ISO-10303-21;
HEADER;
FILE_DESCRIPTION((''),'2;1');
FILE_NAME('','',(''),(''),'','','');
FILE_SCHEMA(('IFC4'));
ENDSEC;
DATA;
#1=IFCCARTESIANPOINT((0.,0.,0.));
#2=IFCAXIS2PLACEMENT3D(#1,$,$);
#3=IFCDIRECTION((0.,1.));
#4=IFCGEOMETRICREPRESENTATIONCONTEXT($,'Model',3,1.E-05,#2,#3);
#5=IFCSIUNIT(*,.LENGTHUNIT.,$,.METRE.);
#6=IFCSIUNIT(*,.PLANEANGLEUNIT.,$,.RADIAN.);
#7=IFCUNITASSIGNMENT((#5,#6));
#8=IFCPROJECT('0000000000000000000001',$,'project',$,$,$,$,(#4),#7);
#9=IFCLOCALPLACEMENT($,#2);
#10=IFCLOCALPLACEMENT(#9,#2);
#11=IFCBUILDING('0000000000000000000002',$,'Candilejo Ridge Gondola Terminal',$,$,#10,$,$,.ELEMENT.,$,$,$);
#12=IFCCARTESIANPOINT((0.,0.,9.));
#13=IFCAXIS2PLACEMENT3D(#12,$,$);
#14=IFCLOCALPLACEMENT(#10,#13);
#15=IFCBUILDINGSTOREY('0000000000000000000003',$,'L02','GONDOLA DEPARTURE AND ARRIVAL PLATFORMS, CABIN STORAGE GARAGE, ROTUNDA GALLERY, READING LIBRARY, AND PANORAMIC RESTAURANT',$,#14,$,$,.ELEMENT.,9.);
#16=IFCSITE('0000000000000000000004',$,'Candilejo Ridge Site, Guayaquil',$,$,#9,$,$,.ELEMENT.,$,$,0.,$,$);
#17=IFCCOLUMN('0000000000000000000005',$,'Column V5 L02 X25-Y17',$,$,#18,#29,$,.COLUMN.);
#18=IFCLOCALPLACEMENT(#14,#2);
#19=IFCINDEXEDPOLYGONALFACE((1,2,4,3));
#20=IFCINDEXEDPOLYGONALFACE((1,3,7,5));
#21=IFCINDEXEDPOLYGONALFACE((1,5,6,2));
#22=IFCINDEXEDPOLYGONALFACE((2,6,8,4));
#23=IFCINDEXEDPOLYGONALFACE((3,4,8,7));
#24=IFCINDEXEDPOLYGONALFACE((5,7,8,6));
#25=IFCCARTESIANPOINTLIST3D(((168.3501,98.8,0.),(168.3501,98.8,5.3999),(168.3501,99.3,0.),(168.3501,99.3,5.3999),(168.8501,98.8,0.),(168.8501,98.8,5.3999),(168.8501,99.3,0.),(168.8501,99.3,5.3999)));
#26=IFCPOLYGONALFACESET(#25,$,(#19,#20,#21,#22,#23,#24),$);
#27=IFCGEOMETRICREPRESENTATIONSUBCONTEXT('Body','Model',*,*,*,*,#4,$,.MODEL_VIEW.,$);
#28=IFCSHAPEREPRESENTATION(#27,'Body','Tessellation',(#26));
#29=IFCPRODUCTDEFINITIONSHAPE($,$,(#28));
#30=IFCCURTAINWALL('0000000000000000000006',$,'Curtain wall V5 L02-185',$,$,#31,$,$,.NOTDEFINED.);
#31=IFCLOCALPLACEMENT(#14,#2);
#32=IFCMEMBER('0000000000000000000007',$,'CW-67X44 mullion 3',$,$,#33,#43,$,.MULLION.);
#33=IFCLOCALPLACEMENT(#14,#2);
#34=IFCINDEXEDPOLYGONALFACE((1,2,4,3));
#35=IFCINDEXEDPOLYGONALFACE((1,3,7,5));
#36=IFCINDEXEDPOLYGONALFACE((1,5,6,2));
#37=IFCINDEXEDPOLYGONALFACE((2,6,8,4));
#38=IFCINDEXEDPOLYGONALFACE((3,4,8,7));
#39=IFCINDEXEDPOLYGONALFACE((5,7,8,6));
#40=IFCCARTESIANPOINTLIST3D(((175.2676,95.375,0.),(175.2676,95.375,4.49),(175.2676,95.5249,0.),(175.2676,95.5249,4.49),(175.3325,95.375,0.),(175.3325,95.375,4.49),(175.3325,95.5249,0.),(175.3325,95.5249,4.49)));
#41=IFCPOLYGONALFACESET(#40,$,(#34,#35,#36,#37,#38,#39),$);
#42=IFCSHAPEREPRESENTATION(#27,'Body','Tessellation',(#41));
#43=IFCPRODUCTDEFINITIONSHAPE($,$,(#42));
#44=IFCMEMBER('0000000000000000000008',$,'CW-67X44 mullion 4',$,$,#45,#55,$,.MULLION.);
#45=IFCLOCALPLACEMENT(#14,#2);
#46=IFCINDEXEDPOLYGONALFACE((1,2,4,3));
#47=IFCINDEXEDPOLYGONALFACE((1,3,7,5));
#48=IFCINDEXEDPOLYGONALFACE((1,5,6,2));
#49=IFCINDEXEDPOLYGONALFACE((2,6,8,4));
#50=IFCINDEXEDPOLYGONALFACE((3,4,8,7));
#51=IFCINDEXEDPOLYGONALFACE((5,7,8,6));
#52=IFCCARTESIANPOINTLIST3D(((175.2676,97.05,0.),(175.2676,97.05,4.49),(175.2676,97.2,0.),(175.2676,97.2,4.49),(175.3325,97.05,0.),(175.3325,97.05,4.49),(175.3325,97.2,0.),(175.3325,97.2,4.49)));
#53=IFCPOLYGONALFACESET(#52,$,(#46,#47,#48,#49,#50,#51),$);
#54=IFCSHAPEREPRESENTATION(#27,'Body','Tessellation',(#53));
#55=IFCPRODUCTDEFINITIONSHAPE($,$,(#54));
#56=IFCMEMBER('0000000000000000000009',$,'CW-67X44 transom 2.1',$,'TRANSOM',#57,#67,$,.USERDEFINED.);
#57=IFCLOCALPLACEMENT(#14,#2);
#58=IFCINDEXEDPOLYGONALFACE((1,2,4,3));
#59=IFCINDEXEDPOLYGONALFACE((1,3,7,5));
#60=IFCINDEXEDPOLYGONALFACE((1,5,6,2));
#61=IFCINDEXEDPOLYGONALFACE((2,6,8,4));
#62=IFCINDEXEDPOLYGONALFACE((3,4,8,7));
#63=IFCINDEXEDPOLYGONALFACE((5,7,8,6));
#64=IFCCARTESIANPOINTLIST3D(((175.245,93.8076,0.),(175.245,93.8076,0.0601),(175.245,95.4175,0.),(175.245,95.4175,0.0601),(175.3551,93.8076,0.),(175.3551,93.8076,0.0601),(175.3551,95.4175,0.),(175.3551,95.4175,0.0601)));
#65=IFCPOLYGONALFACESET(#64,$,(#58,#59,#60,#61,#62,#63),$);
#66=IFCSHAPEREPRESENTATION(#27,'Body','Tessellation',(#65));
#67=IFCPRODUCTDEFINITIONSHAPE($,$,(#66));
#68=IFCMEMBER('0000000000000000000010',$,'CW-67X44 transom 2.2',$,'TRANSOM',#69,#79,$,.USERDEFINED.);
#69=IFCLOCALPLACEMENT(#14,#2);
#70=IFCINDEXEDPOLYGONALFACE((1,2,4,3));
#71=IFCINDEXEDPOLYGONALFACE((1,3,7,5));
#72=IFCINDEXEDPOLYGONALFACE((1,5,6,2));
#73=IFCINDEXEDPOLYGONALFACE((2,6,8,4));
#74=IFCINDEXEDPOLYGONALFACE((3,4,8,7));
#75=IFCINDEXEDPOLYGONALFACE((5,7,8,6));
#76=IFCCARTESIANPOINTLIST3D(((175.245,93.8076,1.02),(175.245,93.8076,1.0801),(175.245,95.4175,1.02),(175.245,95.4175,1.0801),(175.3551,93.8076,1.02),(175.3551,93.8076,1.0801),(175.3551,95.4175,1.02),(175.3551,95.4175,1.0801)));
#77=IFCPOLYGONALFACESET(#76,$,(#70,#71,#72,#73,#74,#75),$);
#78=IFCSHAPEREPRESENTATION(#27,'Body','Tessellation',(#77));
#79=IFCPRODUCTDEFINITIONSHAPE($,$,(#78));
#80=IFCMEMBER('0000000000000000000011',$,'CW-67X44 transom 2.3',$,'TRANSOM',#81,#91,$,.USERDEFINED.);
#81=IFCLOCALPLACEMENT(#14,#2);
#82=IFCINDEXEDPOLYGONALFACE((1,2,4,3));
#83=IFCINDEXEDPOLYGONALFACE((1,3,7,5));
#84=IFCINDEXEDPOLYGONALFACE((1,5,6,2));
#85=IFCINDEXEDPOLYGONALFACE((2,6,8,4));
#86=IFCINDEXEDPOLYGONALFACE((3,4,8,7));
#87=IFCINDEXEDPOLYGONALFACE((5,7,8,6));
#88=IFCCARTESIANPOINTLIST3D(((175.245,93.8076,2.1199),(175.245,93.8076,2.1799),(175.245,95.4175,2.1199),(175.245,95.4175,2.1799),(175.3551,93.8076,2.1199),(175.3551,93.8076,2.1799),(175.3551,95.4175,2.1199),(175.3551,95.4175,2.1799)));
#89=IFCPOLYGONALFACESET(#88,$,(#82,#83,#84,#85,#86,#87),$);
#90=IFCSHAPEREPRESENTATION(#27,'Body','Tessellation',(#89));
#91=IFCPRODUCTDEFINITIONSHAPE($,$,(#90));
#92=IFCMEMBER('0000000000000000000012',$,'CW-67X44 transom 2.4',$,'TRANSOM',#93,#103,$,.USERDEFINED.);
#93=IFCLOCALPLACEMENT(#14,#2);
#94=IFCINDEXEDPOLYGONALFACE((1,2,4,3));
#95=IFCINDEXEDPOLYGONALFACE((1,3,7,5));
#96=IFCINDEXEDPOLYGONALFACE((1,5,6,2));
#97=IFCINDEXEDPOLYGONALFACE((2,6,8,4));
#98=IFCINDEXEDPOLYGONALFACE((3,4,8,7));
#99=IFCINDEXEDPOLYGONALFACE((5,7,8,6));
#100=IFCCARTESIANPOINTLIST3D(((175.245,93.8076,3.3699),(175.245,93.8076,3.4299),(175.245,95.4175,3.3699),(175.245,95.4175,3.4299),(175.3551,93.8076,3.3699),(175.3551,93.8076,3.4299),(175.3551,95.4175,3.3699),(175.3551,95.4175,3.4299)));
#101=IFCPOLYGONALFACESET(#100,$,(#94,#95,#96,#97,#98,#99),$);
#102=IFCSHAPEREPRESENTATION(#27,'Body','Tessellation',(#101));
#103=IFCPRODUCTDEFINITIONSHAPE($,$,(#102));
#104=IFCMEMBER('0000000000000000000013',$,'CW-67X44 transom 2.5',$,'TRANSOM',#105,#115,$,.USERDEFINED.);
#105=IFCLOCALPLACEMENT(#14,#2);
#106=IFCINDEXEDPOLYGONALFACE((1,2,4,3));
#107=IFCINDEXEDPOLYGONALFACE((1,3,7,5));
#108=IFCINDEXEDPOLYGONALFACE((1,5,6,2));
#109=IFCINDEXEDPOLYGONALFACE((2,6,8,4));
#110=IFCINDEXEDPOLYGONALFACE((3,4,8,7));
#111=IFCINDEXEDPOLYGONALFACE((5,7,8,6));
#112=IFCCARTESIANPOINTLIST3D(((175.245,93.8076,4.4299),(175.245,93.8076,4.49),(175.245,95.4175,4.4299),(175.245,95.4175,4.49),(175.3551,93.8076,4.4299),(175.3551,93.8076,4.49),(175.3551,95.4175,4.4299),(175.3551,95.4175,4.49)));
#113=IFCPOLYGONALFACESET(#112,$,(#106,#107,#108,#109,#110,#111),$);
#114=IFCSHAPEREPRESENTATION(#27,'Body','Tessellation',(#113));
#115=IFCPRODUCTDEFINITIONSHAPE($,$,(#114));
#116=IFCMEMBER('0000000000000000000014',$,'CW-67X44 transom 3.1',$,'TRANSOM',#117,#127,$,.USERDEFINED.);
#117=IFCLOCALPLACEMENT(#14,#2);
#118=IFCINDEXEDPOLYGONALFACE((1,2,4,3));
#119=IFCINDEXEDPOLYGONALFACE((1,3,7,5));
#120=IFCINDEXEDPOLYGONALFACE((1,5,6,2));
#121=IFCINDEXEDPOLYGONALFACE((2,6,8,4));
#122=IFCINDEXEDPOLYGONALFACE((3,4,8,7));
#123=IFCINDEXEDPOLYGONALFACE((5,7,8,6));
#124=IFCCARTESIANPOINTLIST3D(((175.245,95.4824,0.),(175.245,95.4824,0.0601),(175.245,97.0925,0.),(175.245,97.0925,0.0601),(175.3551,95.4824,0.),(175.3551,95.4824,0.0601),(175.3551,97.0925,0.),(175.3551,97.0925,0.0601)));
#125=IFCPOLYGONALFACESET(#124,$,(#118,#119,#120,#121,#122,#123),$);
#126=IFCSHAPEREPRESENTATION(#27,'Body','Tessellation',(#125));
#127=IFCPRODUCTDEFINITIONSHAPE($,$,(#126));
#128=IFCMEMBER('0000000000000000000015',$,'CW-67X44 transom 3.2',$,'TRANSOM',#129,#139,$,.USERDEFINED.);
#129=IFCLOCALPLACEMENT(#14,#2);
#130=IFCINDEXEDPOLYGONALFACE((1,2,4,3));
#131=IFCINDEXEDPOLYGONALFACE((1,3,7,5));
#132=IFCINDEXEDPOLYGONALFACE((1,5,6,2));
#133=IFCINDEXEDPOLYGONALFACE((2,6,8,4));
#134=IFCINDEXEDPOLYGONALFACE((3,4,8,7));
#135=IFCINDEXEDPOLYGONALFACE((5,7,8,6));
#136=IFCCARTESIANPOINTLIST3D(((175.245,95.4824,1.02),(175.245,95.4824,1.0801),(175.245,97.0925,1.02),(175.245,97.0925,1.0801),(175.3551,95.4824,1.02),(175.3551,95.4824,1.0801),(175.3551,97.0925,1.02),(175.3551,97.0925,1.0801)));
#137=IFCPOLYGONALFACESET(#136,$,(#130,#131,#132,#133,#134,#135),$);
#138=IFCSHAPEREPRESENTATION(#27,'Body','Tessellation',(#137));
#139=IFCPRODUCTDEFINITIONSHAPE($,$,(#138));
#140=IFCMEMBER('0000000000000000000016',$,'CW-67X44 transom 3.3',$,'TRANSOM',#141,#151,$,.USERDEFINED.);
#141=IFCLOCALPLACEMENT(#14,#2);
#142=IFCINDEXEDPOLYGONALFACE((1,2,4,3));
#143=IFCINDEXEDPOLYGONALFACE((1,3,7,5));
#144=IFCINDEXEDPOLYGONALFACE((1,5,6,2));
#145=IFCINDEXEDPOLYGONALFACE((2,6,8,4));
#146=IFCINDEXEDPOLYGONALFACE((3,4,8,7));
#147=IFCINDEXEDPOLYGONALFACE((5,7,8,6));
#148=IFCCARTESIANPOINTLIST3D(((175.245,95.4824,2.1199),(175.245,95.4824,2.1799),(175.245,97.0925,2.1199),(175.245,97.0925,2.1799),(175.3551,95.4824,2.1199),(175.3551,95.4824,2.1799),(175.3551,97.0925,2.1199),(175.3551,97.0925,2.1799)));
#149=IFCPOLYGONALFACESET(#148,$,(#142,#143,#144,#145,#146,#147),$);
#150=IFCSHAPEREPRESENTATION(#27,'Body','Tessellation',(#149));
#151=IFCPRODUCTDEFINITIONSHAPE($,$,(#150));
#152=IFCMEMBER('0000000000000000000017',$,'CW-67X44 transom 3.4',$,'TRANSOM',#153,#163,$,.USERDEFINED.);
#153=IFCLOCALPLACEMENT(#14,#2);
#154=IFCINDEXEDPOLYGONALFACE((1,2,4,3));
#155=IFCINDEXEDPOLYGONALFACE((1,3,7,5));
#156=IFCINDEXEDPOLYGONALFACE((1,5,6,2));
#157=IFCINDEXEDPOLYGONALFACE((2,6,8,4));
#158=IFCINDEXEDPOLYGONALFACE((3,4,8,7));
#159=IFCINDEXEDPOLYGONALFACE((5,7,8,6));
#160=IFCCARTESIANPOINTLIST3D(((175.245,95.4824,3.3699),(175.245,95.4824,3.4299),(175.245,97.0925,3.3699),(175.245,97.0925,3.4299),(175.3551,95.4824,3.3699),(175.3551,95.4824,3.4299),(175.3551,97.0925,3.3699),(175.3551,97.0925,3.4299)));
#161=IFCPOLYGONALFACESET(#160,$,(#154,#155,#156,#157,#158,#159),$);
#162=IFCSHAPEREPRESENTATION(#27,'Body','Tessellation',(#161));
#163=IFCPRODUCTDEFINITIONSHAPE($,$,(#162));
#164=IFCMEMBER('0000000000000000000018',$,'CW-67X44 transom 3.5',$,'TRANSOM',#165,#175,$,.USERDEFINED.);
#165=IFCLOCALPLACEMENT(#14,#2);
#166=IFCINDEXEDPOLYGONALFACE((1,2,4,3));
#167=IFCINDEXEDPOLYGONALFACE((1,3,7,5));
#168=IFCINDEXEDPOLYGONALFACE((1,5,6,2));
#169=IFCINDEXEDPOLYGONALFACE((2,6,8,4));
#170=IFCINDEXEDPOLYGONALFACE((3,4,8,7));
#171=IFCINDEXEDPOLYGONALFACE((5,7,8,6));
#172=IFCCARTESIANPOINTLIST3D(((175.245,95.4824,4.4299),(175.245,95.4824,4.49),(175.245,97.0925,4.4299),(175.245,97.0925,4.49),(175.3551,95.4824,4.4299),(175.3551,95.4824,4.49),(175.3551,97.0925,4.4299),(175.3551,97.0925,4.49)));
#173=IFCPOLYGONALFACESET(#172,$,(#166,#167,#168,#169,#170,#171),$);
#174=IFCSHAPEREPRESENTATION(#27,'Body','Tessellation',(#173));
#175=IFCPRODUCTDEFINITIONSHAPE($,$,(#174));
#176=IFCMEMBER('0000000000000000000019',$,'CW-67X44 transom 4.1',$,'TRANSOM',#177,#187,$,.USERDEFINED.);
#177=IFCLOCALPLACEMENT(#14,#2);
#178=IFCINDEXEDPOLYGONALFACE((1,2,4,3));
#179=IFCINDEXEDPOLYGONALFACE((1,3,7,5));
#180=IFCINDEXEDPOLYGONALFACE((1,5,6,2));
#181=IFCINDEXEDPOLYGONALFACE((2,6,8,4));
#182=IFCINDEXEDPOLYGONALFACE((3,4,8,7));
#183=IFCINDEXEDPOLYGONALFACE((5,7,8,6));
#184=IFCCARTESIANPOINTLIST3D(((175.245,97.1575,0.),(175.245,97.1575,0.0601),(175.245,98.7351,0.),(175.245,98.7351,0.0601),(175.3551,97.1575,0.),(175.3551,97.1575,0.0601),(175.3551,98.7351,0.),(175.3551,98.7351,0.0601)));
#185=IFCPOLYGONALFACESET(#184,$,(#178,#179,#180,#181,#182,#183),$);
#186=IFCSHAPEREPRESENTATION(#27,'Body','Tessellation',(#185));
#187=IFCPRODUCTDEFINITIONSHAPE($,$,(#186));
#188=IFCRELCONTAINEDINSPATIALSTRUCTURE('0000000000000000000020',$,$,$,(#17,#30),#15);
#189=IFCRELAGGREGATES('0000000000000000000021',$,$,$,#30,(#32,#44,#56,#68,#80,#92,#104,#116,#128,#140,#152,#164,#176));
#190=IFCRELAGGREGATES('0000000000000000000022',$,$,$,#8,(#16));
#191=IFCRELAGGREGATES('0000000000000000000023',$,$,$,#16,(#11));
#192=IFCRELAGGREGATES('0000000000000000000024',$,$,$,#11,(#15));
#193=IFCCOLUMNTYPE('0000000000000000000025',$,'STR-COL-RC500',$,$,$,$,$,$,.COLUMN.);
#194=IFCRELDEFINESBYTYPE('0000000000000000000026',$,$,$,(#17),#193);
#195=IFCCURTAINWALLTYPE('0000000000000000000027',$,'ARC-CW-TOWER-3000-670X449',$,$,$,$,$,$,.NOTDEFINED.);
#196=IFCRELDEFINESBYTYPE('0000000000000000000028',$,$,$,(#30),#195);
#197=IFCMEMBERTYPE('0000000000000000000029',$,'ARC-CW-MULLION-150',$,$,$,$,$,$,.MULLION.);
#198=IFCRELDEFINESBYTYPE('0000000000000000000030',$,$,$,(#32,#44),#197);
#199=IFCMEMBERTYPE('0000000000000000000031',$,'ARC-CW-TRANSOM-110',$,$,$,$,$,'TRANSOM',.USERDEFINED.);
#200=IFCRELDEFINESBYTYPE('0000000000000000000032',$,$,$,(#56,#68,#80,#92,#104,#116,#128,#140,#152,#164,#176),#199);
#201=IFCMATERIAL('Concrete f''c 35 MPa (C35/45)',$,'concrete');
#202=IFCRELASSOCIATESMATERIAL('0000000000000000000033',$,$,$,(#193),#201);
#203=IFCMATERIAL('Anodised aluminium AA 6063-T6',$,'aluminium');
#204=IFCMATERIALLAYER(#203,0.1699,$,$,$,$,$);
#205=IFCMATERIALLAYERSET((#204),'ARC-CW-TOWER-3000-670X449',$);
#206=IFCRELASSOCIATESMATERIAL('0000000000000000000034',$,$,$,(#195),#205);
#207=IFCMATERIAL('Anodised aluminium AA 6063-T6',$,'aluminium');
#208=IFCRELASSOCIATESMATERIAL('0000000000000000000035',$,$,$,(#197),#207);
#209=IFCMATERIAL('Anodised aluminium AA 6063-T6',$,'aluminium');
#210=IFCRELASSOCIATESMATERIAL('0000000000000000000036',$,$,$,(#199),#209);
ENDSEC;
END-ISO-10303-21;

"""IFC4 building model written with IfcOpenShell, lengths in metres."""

from ifc_helpers import new_model, si_unit, direction, frame, origin, origin_2d, place, context, subcontext, project, spatial, rectangle, extrude, material, layer, layer_set, material_profile, profile_set, type_object, element, aggregate, save


model = new_model("IFC4")

# Units and contexts
model_context = context("Model", 3, precision=1e-05, world=origin(), true_north=direction((0.0, 1.0)))
body_context = subcontext(model_context, "Body", "Model", "MODEL_VIEW")
ifc_project = project(units=[si_unit("LENGTHUNIT", "METRE"), si_unit("PLANEANGLEUNIT", "RADIAN")], contexts=[model_context])

# Site, building, storey
site_placement = place(None, origin())
site = spatial("IfcSite", under=ifc_project, at=site_placement, Name="Candilejo Ridge Site, Guayaquil", CompositionType="ELEMENT", RefElevation=0.0)
building_placement = place(site_placement, origin())
building = spatial("IfcBuilding", under=site, at=building_placement, Name="Candilejo Ridge Gondola Terminal", CompositionType="ELEMENT")
storey_placement = place(building_placement, frame((0.0, 0.0, 9.0)))
storey = spatial("IfcBuildingStorey", under=building, at=storey_placement, Name="L02", Description="GONDOLA DEPARTURE AND ARRIVAL PLATFORMS, CABIN STORAGE GARAGE, ROTUNDA GALLERY, READING LIBRARY, AND PANORAMIC RESTAURANT", CompositionType="ELEMENT", Elevation=9.0)

# Column
ifc_material_1 = material(Name="Concrete f'c 35 MPa (C35/45)", Category="concrete")
ifc_material_profile_1 = material_profile(ifc_material_1, rectangle(XDim=0.5, YDim=0.5, at=origin_2d()))
ifc_profile_set_1 = profile_set([ifc_material_profile_1], Name="Concrete f'c 35 MPa (C35/45)")
column_type = type_object("IfcColumnType", Name="STR-COL-RC500", PredefinedType="COLUMN", material=ifc_profile_set_1)
column_placement = place(storey_placement, frame((168.6001, 99.05, 0.0), z_axis=(0.0, 0.0, 1.0), x_axis=(1.0, 0.0, 0.0)))
element("IfcColumn", 1, at=column_placement, inside=storey, type_object=column_type, Name="Column V5 L02 X25-Y17", PredefinedType="COLUMN", context=body_context, shape_type="SweptSolid", body=[
    extrude(rectangle(XDim=0.5, YDim=0.5, at=origin_2d()), origin(), (0.0, 0.0, 1.0), 5.3999),
])

# Curtain wall, members
ifc_material_2 = material(Name="Anodised aluminium AA 6063-T6", Category="aluminium")
ifc_layer_1 = layer(ifc_material_2, 0.1699)
ifc_layer_set_1 = layer_set([ifc_layer_1], Name="ARC-CW-TOWER-3000-670X449")
curtain_wall_type = type_object("IfcCurtainWallType", Name="ARC-CW-TOWER-3000-670X449", PredefinedType="NOTDEFINED", material=ifc_layer_set_1)
curtain_wall_placement = place(storey_placement, origin())
curtain_wall = element("IfcCurtainWall", 2, at=curtain_wall_placement, inside=storey, type_object=curtain_wall_type, Name="Curtain wall V5 L02-185", PredefinedType="NOTDEFINED")
ifc_material_3 = material(Name="Anodised aluminium AA 6063-T6", Category="aluminium")
ifc_material_profile_2 = material_profile(ifc_material_3, rectangle(XDim=0.0649, YDim=0.1499, at=origin_2d()))
ifc_profile_set_2 = profile_set([ifc_material_profile_2], Name="Anodised aluminium AA 6063-T6")
member_type_1 = type_object("IfcMemberType", Name="ARC-CW-MULLION-150", PredefinedType="MULLION", material=ifc_profile_set_2)
member_1_placement = place(storey_placement, frame((175.3, 95.45, 0.0), z_axis=(0.0, 0.0, 1.0), x_axis=(-1.0, 0.0, 0.0)))
member_1 = element("IfcMember", 3, at=member_1_placement, type_object=member_type_1, Name="CW-67X44 mullion 3", PredefinedType="MULLION", context=body_context, shape_type="SweptSolid", body=[
    extrude(rectangle(XDim=0.0649, YDim=0.1499, at=origin_2d()), origin(), (0.0, 0.0, 1.0), 4.49),
])
member_2_placement = place(storey_placement, frame((175.3, 97.125, 0.0), z_axis=(0.0, 0.0, 1.0), x_axis=(-1.0, 0.0, 0.0)))
member_2 = element("IfcMember", 4, at=member_2_placement, type_object=member_type_1, Name="CW-67X44 mullion 4", PredefinedType="MULLION", context=body_context, shape_type="SweptSolid", body=[
    extrude(rectangle(XDim=0.0649, YDim=0.1499, at=origin_2d()), origin(), (0.0, 0.0, 1.0), 4.49),
])
ifc_material_4 = material(Name="Anodised aluminium AA 6063-T6", Category="aluminium")
ifc_material_profile_3 = material_profile(ifc_material_4, rectangle(XDim=0.1101, YDim=0.0601, at=origin_2d()))
ifc_profile_set_3 = profile_set([ifc_material_profile_3], Name="Anodised aluminium AA 6063-T6")
member_type_2 = type_object("IfcMemberType", Name="ARC-CW-TRANSOM-110", ElementType="TRANSOM", PredefinedType="USERDEFINED", material=ifc_profile_set_3)
member_3_placement = place(storey_placement, frame((175.3, 93.8076, 0.03), z_axis=(0.0, 1.0, 0.0), x_axis=(-1.0, 0.0, 0.0)))
member_3 = element("IfcMember", 5, at=member_3_placement, type_object=member_type_2, Name="CW-67X44 transom 2.1", ObjectType="TRANSOM", PredefinedType="USERDEFINED", context=body_context, shape_type="SweptSolid", body=[
    extrude(rectangle(XDim=0.1101, YDim=0.0601, at=origin_2d()), origin(), (0.0, 0.0, 1.0), 1.6099),
])
member_4_placement = place(storey_placement, frame((175.3, 93.8076, 1.05), z_axis=(0.0, 1.0, 0.0), x_axis=(-1.0, 0.0, 0.0)))
member_4 = element("IfcMember", 6, at=member_4_placement, type_object=member_type_2, Name="CW-67X44 transom 2.2", ObjectType="TRANSOM", PredefinedType="USERDEFINED", context=body_context, shape_type="SweptSolid", body=[
    extrude(rectangle(XDim=0.1101, YDim=0.0601, at=origin_2d()), origin(), (0.0, 0.0, 1.0), 1.6099),
])
member_5_placement = place(storey_placement, frame((175.3, 93.8076, 2.1499), z_axis=(0.0, 1.0, 0.0), x_axis=(-1.0, 0.0, 0.0)))
member_5 = element("IfcMember", 7, at=member_5_placement, type_object=member_type_2, Name="CW-67X44 transom 2.3", ObjectType="TRANSOM", PredefinedType="USERDEFINED", context=body_context, shape_type="SweptSolid", body=[
    extrude(rectangle(XDim=0.1101, YDim=0.0601, at=origin_2d()), origin(), (0.0, 0.0, 1.0), 1.6099),
])
member_6_placement = place(storey_placement, frame((175.3, 93.8076, 3.3999), z_axis=(0.0, 1.0, 0.0), x_axis=(-1.0, 0.0, 0.0)))
member_6 = element("IfcMember", 8, at=member_6_placement, type_object=member_type_2, Name="CW-67X44 transom 2.4", ObjectType="TRANSOM", PredefinedType="USERDEFINED", context=body_context, shape_type="SweptSolid", body=[
    extrude(rectangle(XDim=0.1101, YDim=0.0601, at=origin_2d()), origin(), (0.0, 0.0, 1.0), 1.6099),
])
member_7_placement = place(storey_placement, frame((175.3, 93.8076, 4.46), z_axis=(0.0, 1.0, 0.0), x_axis=(-1.0, 0.0, 0.0)))
member_7 = element("IfcMember", 9, at=member_7_placement, type_object=member_type_2, Name="CW-67X44 transom 2.5", ObjectType="TRANSOM", PredefinedType="USERDEFINED", context=body_context, shape_type="SweptSolid", body=[
    extrude(rectangle(XDim=0.1101, YDim=0.0601, at=origin_2d()), origin(), (0.0, 0.0, 1.0), 1.6099),
])
member_8_placement = place(storey_placement, frame((175.3, 95.4824, 0.03), z_axis=(0.0, 1.0, 0.0), x_axis=(-1.0, 0.0, 0.0)))
member_8 = element("IfcMember", 10, at=member_8_placement, type_object=member_type_2, Name="CW-67X44 transom 3.1", ObjectType="TRANSOM", PredefinedType="USERDEFINED", context=body_context, shape_type="SweptSolid", body=[
    extrude(rectangle(XDim=0.1101, YDim=0.0601, at=origin_2d()), origin(), (0.0, 0.0, 1.0), 1.6101),
])
member_9_placement = place(storey_placement, frame((175.3, 95.4824, 1.05), z_axis=(0.0, 1.0, 0.0), x_axis=(-1.0, 0.0, 0.0)))
member_9 = element("IfcMember", 11, at=member_9_placement, type_object=member_type_2, Name="CW-67X44 transom 3.2", ObjectType="TRANSOM", PredefinedType="USERDEFINED", context=body_context, shape_type="SweptSolid", body=[
    extrude(rectangle(XDim=0.1101, YDim=0.0601, at=origin_2d()), origin(), (0.0, 0.0, 1.0), 1.6101),
])
member_10_placement = place(storey_placement, frame((175.3, 95.4824, 2.1499), z_axis=(0.0, 1.0, 0.0), x_axis=(-1.0, 0.0, 0.0)))
member_10 = element("IfcMember", 12, at=member_10_placement, type_object=member_type_2, Name="CW-67X44 transom 3.3", ObjectType="TRANSOM", PredefinedType="USERDEFINED", context=body_context, shape_type="SweptSolid", body=[
    extrude(rectangle(XDim=0.1101, YDim=0.0601, at=origin_2d()), origin(), (0.0, 0.0, 1.0), 1.6101),
])
member_11_placement = place(storey_placement, frame((175.3, 95.4824, 3.3999), z_axis=(0.0, 1.0, 0.0), x_axis=(-1.0, 0.0, 0.0)))
member_11 = element("IfcMember", 13, at=member_11_placement, type_object=member_type_2, Name="CW-67X44 transom 3.4", ObjectType="TRANSOM", PredefinedType="USERDEFINED", context=body_context, shape_type="SweptSolid", body=[
    extrude(rectangle(XDim=0.1101, YDim=0.0601, at=origin_2d()), origin(), (0.0, 0.0, 1.0), 1.6101),
])
member_12_placement = place(storey_placement, frame((175.3, 95.4824, 4.46), z_axis=(0.0, 1.0, 0.0), x_axis=(-1.0, 0.0, 0.0)))
member_12 = element("IfcMember", 14, at=member_12_placement, type_object=member_type_2, Name="CW-67X44 transom 3.5", ObjectType="TRANSOM", PredefinedType="USERDEFINED", context=body_context, shape_type="SweptSolid", body=[
    extrude(rectangle(XDim=0.1101, YDim=0.0601, at=origin_2d()), origin(), (0.0, 0.0, 1.0), 1.6101),
])
member_13_placement = place(storey_placement, frame((175.3, 97.1575, 0.03), z_axis=(0.0, 1.0, 0.0), x_axis=(-1.0, 0.0, 0.0)))
member_13 = element("IfcMember", 15, at=member_13_placement, type_object=member_type_2, Name="CW-67X44 transom 4.1", ObjectType="TRANSOM", PredefinedType="USERDEFINED", context=body_context, shape_type="SweptSolid", body=[
    extrude(rectangle(XDim=0.1101, YDim=0.0601, at=origin_2d()), origin(), (0.0, 0.0, 1.0), 1.5776),
])

aggregate(curtain_wall, [member_1, member_2, member_3, member_4, member_5, member_6, member_7, member_8, member_9, member_10, member_11, member_12, member_13])

save(model, "model.ifc")
